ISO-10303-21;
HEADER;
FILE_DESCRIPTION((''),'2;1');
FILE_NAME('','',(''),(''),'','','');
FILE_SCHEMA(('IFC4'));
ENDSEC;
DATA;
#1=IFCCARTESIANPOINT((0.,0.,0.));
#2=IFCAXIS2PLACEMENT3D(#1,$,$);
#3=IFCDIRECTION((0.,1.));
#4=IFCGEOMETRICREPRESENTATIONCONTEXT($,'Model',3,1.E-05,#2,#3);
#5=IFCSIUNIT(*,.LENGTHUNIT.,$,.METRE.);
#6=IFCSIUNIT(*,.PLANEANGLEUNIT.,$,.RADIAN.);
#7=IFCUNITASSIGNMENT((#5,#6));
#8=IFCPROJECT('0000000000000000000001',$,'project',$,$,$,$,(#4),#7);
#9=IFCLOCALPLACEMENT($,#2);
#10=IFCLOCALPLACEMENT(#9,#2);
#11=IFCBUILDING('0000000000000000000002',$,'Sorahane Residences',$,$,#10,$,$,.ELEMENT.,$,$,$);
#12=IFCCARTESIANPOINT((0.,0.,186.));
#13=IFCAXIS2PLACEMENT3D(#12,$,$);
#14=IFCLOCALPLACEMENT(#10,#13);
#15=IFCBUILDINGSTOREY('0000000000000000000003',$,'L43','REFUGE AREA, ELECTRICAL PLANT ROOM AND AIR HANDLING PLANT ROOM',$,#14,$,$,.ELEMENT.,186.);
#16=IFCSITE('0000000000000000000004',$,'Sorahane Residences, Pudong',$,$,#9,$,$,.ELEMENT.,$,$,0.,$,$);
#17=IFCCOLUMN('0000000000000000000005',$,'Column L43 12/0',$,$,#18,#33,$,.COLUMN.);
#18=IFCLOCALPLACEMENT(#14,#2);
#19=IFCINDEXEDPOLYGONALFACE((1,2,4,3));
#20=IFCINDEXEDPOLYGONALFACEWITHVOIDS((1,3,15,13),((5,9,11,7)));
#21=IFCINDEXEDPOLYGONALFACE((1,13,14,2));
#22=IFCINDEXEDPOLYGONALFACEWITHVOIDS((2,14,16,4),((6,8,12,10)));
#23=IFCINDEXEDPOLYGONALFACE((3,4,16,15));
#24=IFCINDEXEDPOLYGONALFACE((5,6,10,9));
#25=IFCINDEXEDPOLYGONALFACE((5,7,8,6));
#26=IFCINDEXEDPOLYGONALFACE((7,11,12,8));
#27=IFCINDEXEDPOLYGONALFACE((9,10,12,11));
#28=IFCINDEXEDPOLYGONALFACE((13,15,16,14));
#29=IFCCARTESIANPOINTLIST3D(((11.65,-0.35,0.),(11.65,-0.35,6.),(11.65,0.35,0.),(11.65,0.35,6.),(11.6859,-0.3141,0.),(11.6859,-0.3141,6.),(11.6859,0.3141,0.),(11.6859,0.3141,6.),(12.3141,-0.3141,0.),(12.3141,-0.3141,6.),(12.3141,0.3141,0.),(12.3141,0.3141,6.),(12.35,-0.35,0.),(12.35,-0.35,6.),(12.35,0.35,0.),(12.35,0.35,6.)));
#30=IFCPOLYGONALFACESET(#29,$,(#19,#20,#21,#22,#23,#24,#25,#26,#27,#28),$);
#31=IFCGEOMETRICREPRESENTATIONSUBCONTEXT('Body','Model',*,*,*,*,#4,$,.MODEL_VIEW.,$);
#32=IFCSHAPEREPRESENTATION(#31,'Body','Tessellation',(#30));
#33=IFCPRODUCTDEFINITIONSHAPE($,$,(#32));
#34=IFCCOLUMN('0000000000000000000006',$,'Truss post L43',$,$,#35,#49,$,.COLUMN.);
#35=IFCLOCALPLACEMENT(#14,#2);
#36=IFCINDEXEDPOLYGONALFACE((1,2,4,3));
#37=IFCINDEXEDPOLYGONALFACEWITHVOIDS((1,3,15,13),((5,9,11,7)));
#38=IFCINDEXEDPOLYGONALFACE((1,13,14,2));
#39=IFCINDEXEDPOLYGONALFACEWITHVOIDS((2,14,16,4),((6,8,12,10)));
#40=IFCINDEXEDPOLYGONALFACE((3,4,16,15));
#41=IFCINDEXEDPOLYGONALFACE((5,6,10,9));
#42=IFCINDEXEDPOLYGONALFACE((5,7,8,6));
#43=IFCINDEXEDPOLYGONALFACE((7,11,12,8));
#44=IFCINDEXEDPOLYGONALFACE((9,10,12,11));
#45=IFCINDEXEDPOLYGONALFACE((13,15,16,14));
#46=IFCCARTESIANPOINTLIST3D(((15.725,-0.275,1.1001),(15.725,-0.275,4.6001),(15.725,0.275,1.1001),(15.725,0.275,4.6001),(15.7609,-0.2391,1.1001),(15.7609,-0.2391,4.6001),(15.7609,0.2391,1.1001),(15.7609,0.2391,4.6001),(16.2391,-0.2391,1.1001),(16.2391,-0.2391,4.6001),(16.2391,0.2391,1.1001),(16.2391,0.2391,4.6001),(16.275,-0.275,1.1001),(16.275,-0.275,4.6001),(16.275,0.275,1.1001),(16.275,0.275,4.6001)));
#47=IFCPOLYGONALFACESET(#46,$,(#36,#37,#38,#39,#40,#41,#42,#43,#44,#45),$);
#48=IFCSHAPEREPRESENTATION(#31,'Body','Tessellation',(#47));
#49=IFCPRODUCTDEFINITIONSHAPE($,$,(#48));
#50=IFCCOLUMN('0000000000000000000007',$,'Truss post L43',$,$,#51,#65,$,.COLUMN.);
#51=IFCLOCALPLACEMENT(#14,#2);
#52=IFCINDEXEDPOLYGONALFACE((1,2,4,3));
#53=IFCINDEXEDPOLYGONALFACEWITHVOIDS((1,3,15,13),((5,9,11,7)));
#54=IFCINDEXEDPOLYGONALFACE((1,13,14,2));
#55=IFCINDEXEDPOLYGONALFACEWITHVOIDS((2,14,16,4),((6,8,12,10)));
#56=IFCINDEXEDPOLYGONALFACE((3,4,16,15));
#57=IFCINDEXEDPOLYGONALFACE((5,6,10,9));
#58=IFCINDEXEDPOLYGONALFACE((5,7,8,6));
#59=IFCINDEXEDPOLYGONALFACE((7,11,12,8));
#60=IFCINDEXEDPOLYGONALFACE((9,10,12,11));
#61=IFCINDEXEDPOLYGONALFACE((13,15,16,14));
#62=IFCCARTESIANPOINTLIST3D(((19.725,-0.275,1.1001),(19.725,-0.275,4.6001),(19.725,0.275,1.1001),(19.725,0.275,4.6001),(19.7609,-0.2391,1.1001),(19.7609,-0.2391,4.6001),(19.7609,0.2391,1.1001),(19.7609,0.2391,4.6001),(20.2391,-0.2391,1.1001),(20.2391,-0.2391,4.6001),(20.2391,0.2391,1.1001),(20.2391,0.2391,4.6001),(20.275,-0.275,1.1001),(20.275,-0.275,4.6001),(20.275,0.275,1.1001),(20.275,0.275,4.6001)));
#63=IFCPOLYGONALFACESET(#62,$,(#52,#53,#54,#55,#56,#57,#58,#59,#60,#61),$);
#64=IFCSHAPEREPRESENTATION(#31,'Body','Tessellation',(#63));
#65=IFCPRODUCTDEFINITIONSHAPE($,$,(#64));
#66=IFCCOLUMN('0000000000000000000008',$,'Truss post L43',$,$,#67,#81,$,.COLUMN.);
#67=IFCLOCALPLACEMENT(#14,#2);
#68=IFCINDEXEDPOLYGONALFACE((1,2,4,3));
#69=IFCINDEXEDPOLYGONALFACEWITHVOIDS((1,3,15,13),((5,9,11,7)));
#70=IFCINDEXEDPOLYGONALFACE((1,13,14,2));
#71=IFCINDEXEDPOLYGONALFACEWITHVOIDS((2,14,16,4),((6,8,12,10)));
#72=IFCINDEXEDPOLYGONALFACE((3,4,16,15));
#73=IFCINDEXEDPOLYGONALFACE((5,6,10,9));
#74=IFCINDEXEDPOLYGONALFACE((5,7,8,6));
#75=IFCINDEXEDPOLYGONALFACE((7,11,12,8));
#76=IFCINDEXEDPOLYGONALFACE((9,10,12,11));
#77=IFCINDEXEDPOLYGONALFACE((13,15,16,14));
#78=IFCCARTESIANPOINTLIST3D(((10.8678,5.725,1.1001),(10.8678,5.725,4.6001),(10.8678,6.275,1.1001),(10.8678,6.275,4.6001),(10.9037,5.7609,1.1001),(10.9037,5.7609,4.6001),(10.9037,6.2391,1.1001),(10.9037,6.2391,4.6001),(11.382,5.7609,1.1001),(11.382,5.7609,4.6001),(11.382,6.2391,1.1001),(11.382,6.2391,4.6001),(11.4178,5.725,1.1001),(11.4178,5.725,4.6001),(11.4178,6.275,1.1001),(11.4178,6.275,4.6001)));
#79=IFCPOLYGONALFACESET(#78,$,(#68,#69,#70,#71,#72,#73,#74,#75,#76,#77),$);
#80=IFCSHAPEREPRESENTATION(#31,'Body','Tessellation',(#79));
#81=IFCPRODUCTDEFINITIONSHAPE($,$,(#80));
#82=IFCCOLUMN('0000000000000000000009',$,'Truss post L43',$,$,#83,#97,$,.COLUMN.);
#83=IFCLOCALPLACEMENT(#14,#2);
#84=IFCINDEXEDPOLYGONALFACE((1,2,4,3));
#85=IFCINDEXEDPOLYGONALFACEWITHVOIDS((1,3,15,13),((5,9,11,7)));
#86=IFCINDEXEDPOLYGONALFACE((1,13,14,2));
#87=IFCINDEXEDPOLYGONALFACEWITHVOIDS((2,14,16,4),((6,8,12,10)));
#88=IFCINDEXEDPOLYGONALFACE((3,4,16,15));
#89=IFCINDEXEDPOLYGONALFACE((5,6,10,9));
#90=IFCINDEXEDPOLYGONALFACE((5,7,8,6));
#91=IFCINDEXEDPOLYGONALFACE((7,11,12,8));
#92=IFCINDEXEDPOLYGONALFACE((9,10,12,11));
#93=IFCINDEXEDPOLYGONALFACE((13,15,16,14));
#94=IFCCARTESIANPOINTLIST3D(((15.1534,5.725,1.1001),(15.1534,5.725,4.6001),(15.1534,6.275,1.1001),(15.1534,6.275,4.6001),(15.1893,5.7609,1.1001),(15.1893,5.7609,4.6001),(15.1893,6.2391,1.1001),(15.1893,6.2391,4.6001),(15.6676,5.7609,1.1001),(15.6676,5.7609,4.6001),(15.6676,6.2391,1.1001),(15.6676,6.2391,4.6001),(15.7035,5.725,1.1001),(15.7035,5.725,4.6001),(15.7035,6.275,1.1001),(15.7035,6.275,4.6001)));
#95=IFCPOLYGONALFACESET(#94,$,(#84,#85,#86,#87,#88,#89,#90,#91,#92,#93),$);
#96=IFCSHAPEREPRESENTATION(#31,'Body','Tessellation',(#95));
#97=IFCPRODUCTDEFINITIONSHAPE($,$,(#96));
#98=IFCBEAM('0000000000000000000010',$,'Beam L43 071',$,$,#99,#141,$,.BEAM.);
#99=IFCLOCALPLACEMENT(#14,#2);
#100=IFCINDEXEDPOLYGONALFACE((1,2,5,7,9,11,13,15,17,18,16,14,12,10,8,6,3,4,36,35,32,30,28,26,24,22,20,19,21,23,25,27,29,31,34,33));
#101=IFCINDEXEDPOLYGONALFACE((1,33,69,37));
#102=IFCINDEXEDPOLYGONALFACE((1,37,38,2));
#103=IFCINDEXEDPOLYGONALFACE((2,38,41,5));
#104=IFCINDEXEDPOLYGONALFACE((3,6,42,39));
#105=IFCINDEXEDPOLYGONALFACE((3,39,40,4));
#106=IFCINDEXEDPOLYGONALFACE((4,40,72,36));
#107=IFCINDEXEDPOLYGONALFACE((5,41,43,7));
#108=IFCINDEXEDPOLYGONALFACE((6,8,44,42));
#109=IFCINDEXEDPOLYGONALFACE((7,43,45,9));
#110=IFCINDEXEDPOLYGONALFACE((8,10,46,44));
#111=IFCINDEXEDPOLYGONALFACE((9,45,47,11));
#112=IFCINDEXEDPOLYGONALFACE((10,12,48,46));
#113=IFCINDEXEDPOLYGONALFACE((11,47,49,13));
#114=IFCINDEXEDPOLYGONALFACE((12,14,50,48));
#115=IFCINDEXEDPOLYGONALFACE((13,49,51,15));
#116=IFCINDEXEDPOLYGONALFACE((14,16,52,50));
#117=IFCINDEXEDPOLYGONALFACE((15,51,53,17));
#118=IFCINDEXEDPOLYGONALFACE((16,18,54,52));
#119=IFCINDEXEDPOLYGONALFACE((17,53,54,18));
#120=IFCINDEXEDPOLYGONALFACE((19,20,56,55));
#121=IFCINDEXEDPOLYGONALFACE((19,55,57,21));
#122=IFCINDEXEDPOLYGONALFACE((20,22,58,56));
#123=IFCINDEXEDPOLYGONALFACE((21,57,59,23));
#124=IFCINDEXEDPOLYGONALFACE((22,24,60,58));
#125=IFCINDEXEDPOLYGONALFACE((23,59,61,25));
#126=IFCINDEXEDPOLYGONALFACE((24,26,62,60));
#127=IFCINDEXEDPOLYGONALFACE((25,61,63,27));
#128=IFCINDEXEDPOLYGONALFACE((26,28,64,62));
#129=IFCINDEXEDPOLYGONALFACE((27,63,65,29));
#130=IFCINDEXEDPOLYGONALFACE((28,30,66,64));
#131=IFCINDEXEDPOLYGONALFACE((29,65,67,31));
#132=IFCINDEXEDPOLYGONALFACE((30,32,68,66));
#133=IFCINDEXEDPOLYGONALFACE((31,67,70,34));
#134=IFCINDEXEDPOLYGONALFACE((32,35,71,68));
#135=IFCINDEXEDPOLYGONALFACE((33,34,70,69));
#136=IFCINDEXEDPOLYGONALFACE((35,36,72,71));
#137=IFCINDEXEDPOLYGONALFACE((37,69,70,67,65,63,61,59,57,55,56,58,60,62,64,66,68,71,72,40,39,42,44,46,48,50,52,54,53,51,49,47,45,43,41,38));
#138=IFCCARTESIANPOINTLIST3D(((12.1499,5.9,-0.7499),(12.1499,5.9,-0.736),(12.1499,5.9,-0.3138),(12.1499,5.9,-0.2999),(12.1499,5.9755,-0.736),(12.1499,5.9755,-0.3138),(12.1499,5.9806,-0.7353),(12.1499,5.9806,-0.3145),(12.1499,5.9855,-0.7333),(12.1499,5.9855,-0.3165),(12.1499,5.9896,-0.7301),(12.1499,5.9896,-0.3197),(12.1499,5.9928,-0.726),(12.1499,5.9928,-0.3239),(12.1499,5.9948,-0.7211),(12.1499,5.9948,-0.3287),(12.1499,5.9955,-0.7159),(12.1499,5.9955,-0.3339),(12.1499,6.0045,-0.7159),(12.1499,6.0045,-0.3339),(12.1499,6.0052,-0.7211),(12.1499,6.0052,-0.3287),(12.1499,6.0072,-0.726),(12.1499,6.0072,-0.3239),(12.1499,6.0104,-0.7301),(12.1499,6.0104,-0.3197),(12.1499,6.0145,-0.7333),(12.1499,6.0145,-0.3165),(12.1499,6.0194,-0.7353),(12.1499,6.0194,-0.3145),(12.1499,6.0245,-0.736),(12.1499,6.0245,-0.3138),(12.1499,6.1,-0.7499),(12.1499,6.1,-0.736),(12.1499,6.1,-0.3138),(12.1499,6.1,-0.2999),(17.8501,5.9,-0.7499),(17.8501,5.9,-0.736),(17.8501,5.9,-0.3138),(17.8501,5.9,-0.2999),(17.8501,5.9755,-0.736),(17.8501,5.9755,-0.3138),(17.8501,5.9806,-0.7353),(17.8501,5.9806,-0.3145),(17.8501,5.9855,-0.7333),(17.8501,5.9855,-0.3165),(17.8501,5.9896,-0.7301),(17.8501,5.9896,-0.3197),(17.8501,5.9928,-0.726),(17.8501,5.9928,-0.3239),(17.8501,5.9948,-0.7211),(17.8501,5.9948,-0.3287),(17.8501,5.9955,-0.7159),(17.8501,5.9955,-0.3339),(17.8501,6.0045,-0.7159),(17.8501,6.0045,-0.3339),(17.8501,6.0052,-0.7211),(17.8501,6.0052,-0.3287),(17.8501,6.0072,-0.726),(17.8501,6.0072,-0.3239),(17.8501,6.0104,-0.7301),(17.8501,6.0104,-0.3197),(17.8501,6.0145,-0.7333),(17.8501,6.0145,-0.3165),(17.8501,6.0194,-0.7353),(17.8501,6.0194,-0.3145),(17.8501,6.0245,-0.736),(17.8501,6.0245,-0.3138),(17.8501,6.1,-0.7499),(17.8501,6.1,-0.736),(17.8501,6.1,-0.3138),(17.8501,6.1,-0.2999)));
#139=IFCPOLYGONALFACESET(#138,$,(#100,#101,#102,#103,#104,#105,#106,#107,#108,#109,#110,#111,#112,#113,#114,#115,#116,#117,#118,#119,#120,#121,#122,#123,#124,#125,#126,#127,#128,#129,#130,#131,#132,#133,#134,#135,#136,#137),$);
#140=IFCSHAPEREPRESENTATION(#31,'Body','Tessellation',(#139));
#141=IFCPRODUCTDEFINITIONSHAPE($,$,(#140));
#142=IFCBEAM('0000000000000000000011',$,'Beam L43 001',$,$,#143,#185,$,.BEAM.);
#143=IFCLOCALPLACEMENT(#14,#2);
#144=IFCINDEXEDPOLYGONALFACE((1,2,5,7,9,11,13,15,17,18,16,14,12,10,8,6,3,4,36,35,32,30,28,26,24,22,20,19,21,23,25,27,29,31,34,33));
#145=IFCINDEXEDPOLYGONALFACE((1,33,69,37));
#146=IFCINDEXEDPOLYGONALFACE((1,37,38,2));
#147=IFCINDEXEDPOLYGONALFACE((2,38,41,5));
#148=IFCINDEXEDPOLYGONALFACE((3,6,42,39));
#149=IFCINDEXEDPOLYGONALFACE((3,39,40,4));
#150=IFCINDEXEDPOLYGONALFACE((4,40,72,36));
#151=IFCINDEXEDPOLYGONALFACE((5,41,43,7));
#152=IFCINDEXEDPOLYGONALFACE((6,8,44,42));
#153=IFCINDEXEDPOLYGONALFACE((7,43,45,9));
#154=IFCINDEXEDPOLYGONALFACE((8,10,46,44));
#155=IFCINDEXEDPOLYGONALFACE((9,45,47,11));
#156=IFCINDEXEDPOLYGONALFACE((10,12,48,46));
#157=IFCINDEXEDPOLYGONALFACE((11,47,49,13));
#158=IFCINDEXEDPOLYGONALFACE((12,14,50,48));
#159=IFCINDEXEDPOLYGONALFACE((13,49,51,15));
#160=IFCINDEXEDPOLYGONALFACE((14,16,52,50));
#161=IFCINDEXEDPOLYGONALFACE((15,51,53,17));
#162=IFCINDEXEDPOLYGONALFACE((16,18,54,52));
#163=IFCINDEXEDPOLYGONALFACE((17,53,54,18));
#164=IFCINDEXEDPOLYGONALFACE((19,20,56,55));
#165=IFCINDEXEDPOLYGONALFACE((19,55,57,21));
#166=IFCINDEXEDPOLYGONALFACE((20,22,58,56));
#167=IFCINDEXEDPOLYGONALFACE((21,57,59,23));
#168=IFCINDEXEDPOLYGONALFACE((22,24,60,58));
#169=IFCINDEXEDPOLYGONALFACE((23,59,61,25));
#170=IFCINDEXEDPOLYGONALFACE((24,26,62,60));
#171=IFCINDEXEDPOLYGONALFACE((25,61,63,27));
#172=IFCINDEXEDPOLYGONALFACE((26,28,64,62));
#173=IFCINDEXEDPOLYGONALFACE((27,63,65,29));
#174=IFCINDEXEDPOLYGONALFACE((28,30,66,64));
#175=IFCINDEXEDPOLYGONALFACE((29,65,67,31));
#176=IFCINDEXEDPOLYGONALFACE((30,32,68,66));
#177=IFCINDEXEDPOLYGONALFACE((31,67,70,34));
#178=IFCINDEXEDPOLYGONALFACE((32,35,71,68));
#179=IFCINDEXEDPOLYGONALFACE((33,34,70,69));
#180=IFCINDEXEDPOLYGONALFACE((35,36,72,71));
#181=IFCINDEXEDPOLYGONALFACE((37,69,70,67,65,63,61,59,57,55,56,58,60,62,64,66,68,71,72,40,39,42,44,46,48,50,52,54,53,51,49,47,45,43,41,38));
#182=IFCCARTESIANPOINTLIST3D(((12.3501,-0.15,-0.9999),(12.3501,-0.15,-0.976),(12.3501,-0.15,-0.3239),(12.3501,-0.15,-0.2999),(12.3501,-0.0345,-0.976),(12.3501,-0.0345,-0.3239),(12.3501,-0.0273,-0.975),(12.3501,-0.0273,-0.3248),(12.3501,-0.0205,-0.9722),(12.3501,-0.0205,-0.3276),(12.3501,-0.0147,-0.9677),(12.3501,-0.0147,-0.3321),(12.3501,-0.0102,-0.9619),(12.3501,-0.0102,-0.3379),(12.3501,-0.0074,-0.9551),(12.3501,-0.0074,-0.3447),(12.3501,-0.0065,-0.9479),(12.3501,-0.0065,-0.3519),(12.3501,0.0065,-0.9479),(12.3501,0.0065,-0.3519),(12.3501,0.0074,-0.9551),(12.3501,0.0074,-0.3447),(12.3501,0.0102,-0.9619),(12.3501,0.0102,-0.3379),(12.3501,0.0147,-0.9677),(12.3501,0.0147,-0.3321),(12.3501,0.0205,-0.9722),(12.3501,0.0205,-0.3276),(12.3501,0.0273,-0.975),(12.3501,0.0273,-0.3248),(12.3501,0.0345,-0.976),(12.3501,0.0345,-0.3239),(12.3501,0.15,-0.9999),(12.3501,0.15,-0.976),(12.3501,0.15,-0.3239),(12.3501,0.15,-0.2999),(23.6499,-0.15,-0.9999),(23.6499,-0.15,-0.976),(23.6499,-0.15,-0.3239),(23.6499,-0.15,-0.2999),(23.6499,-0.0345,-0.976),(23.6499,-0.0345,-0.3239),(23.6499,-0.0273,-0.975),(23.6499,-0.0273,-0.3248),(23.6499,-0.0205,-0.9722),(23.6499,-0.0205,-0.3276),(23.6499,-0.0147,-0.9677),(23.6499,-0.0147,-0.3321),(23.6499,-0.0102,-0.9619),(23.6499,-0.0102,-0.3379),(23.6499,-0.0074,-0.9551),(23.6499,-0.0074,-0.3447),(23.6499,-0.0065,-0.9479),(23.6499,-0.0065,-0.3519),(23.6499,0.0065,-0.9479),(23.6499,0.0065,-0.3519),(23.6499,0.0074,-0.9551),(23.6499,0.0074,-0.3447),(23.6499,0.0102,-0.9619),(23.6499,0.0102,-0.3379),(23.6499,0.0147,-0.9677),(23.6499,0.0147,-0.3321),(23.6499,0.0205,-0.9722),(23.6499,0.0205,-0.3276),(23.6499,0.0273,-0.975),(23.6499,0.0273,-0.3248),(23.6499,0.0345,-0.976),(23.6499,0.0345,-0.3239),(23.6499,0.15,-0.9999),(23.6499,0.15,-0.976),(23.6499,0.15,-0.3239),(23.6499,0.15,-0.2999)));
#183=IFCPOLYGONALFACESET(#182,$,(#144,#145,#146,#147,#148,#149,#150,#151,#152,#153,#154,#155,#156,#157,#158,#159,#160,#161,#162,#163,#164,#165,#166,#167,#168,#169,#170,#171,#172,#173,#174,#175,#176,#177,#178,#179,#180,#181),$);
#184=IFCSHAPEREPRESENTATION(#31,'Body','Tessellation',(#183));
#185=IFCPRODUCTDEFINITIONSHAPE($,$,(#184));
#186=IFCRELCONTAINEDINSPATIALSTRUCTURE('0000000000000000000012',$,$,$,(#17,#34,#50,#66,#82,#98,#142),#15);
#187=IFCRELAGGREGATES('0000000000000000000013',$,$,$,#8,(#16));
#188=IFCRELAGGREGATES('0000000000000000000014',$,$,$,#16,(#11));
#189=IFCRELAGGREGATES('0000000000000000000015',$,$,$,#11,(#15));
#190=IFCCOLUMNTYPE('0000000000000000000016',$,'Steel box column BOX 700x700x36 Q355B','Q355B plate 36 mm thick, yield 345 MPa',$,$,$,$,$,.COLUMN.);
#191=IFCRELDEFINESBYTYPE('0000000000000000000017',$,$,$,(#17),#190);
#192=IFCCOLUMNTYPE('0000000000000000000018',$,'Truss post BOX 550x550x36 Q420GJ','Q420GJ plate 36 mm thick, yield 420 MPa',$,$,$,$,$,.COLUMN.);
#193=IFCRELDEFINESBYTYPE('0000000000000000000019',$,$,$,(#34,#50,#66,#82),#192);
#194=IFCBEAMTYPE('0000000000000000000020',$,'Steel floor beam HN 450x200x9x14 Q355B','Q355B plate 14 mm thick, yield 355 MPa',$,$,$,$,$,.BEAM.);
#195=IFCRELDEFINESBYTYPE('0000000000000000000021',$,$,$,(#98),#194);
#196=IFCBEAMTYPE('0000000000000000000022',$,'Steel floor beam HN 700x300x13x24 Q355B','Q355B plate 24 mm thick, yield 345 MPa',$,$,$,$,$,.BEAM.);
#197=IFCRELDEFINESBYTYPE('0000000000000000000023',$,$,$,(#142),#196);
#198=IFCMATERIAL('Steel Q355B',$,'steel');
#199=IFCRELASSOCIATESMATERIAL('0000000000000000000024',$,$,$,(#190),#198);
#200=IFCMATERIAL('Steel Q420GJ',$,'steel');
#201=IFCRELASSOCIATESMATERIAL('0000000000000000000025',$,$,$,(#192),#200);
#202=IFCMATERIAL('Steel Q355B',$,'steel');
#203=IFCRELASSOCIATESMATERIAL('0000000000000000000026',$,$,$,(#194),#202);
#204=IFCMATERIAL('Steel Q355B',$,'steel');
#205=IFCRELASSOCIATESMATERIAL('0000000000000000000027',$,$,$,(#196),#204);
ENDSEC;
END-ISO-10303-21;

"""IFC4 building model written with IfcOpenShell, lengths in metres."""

from ifc_helpers import new_model, si_unit, direction, frame, origin, origin_2d, place, context, subcontext, project, spatial, hollow_rectangle, i_section, extrude, material, material_profile, profile_set, type_object, element, save


model = new_model("IFC4")

# Units and contexts
model_context = context("Model", 3, precision=1e-05, world=origin(), true_north=direction((0.0, 1.0)))
body_context = subcontext(model_context, "Body", "Model", "MODEL_VIEW")
ifc_project = project(units=[si_unit("LENGTHUNIT", "METRE"), si_unit("PLANEANGLEUNIT", "RADIAN")], contexts=[model_context])

# Site, building, storey
site_placement = place(None, origin())
site = spatial("IfcSite", under=ifc_project, at=site_placement, Name="Sorahane Residences, Pudong", CompositionType="ELEMENT", RefElevation=0.0)
building_placement = place(site_placement, origin())
building = spatial("IfcBuilding", under=site, at=building_placement, Name="Sorahane Residences", CompositionType="ELEMENT")
storey_placement = place(building_placement, frame((0.0, 0.0, 186.0)))
storey = spatial("IfcBuildingStorey", under=building, at=storey_placement, Name="L43", Description="REFUGE AREA, ELECTRICAL PLANT ROOM AND AIR HANDLING PLANT ROOM", CompositionType="ELEMENT", Elevation=186.0)

# Columns
ifc_material_1 = material(Name="Steel Q355B", Category="steel")
ifc_material_profile_1 = material_profile(ifc_material_1, hollow_rectangle(XDim=0.7, YDim=0.7, WallThickness=0.0359, at=origin_2d()), Name="BOX 700x700x36")
ifc_profile_set_1 = profile_set([ifc_material_profile_1], Name="Steel Q355B")
column_type_1 = type_object("IfcColumnType", Name="Steel box column BOX 700x700x36 Q355B", Description="Q355B plate 36 mm thick, yield 345 MPa", PredefinedType="COLUMN", material=ifc_profile_set_1)
column_placement = place(storey_placement, frame((12.0, 0.0, 0.0), z_axis=(0.0, 0.0, 1.0), x_axis=(1.0, 0.0, 0.0)))
element("IfcColumn", 1, at=column_placement, inside=storey, type_object=column_type_1, Name="Column L43 12/0", PredefinedType="COLUMN", context=body_context, shape_type="SweptSolid", body=[
    extrude(hollow_rectangle(XDim=0.7, YDim=0.7, WallThickness=0.0359, at=origin_2d()), origin(), (0.0, 0.0, 1.0), 6.0),
])
ifc_material_2 = material(Name="Steel Q420GJ", Category="steel")
ifc_material_profile_2 = material_profile(ifc_material_2, hollow_rectangle(XDim=0.55, YDim=0.55, WallThickness=0.0359, at=origin_2d()), Name="BOX 550x550x36")
ifc_profile_set_2 = profile_set([ifc_material_profile_2], Name="Steel Q420GJ")
column_type_2 = type_object("IfcColumnType", Name="Truss post BOX 550x550x36 Q420GJ", Description="Q420GJ plate 36 mm thick, yield 420 MPa", PredefinedType="COLUMN", material=ifc_profile_set_2)
for number, where, z_axis, x_axis, name in (
    (2, (16.0, 0.0, 1.1001), (0.0, 0.0, 1.0), (1.0, 0.0, 0.0), "Truss post L43"),
    (3, (20.0, 0.0, 1.1001), (0.0, 0.0, 1.0), (1.0, 0.0, 0.0), "Truss post L43"),
    (4, (11.1428, 6.0, 1.1001), (0.0, 0.0, 1.0), (1.0, 0.0, 0.0), "Truss post L43"),
    (5, (15.4285, 6.0, 1.1001), (0.0, 0.0, 1.0), (1.0, 0.0, 0.0), "Truss post L43"),
):
    element("IfcColumn", number, at=place(storey_placement, frame(where, z_axis=z_axis, x_axis=x_axis)), inside=storey, type_object=column_type_2, Name=name, PredefinedType="COLUMN", context=body_context, shape_type="SweptSolid", body=[
        extrude(hollow_rectangle(XDim=0.55, YDim=0.55, WallThickness=0.0359, at=origin_2d()), origin(), (0.0, 0.0, 1.0), 3.5),
    ])

# Beams
ifc_material_3 = material(Name="Steel Q355B", Category="steel")
ifc_material_profile_3 = material_profile(ifc_material_3, i_section(OverallWidth=0.2, OverallDepth=0.45, WebThickness=0.009, FlangeThickness=0.0139, FilletRadius=0.02, at=origin_2d()), Name="HN 450x200x9x14")
ifc_profile_set_3 = profile_set([ifc_material_profile_3], Name="Steel Q355B")
beam_type_1 = type_object("IfcBeamType", Name="Steel floor beam HN 450x200x9x14 Q355B", Description="Q355B plate 14 mm thick, yield 355 MPa", PredefinedType="BEAM", material=ifc_profile_set_3)
beam_1_placement = place(storey_placement, frame((12.1499, 6.0, -0.5249), z_axis=(1.0, 0.0, 0.0), x_axis=(0.0, 1.0, 0.0)))
element("IfcBeam", 6, at=beam_1_placement, inside=storey, type_object=beam_type_1, Name="Beam L43 071", PredefinedType="BEAM", context=body_context, shape_type="SweptSolid", body=[
    extrude(i_section(OverallWidth=0.2, OverallDepth=0.45, WebThickness=0.009, FlangeThickness=0.0139, FilletRadius=0.02, at=origin_2d()), origin(), (0.0, 0.0, 1.0), 5.7002),
])
ifc_material_4 = material(Name="Steel Q355B", Category="steel")
ifc_material_profile_4 = material_profile(ifc_material_4, i_section(OverallWidth=0.3, OverallDepth=0.7, WebThickness=0.0129, FlangeThickness=0.0239, FilletRadius=0.0281, at=origin_2d()), Name="HN 700x300x13x24")
ifc_profile_set_4 = profile_set([ifc_material_profile_4], Name="Steel Q355B")
beam_type_2 = type_object("IfcBeamType", Name="Steel floor beam HN 700x300x13x24 Q355B", Description="Q355B plate 24 mm thick, yield 345 MPa", PredefinedType="BEAM", material=ifc_profile_set_4)
beam_2_placement = place(storey_placement, frame((12.3501, 0.0, -0.6499), z_axis=(1.0, 0.0, 0.0), x_axis=(0.0, 1.0, 0.0)))
element("IfcBeam", 7, at=beam_2_placement, inside=storey, type_object=beam_type_2, Name="Beam L43 001", PredefinedType="BEAM", context=body_context, shape_type="SweptSolid", body=[
    extrude(i_section(OverallWidth=0.3, OverallDepth=0.7, WebThickness=0.0129, FlangeThickness=0.0239, FilletRadius=0.0281, at=origin_2d()), origin(), (0.0, 0.0, 1.0), 11.2998),
])

save(model, "model.ifc")
